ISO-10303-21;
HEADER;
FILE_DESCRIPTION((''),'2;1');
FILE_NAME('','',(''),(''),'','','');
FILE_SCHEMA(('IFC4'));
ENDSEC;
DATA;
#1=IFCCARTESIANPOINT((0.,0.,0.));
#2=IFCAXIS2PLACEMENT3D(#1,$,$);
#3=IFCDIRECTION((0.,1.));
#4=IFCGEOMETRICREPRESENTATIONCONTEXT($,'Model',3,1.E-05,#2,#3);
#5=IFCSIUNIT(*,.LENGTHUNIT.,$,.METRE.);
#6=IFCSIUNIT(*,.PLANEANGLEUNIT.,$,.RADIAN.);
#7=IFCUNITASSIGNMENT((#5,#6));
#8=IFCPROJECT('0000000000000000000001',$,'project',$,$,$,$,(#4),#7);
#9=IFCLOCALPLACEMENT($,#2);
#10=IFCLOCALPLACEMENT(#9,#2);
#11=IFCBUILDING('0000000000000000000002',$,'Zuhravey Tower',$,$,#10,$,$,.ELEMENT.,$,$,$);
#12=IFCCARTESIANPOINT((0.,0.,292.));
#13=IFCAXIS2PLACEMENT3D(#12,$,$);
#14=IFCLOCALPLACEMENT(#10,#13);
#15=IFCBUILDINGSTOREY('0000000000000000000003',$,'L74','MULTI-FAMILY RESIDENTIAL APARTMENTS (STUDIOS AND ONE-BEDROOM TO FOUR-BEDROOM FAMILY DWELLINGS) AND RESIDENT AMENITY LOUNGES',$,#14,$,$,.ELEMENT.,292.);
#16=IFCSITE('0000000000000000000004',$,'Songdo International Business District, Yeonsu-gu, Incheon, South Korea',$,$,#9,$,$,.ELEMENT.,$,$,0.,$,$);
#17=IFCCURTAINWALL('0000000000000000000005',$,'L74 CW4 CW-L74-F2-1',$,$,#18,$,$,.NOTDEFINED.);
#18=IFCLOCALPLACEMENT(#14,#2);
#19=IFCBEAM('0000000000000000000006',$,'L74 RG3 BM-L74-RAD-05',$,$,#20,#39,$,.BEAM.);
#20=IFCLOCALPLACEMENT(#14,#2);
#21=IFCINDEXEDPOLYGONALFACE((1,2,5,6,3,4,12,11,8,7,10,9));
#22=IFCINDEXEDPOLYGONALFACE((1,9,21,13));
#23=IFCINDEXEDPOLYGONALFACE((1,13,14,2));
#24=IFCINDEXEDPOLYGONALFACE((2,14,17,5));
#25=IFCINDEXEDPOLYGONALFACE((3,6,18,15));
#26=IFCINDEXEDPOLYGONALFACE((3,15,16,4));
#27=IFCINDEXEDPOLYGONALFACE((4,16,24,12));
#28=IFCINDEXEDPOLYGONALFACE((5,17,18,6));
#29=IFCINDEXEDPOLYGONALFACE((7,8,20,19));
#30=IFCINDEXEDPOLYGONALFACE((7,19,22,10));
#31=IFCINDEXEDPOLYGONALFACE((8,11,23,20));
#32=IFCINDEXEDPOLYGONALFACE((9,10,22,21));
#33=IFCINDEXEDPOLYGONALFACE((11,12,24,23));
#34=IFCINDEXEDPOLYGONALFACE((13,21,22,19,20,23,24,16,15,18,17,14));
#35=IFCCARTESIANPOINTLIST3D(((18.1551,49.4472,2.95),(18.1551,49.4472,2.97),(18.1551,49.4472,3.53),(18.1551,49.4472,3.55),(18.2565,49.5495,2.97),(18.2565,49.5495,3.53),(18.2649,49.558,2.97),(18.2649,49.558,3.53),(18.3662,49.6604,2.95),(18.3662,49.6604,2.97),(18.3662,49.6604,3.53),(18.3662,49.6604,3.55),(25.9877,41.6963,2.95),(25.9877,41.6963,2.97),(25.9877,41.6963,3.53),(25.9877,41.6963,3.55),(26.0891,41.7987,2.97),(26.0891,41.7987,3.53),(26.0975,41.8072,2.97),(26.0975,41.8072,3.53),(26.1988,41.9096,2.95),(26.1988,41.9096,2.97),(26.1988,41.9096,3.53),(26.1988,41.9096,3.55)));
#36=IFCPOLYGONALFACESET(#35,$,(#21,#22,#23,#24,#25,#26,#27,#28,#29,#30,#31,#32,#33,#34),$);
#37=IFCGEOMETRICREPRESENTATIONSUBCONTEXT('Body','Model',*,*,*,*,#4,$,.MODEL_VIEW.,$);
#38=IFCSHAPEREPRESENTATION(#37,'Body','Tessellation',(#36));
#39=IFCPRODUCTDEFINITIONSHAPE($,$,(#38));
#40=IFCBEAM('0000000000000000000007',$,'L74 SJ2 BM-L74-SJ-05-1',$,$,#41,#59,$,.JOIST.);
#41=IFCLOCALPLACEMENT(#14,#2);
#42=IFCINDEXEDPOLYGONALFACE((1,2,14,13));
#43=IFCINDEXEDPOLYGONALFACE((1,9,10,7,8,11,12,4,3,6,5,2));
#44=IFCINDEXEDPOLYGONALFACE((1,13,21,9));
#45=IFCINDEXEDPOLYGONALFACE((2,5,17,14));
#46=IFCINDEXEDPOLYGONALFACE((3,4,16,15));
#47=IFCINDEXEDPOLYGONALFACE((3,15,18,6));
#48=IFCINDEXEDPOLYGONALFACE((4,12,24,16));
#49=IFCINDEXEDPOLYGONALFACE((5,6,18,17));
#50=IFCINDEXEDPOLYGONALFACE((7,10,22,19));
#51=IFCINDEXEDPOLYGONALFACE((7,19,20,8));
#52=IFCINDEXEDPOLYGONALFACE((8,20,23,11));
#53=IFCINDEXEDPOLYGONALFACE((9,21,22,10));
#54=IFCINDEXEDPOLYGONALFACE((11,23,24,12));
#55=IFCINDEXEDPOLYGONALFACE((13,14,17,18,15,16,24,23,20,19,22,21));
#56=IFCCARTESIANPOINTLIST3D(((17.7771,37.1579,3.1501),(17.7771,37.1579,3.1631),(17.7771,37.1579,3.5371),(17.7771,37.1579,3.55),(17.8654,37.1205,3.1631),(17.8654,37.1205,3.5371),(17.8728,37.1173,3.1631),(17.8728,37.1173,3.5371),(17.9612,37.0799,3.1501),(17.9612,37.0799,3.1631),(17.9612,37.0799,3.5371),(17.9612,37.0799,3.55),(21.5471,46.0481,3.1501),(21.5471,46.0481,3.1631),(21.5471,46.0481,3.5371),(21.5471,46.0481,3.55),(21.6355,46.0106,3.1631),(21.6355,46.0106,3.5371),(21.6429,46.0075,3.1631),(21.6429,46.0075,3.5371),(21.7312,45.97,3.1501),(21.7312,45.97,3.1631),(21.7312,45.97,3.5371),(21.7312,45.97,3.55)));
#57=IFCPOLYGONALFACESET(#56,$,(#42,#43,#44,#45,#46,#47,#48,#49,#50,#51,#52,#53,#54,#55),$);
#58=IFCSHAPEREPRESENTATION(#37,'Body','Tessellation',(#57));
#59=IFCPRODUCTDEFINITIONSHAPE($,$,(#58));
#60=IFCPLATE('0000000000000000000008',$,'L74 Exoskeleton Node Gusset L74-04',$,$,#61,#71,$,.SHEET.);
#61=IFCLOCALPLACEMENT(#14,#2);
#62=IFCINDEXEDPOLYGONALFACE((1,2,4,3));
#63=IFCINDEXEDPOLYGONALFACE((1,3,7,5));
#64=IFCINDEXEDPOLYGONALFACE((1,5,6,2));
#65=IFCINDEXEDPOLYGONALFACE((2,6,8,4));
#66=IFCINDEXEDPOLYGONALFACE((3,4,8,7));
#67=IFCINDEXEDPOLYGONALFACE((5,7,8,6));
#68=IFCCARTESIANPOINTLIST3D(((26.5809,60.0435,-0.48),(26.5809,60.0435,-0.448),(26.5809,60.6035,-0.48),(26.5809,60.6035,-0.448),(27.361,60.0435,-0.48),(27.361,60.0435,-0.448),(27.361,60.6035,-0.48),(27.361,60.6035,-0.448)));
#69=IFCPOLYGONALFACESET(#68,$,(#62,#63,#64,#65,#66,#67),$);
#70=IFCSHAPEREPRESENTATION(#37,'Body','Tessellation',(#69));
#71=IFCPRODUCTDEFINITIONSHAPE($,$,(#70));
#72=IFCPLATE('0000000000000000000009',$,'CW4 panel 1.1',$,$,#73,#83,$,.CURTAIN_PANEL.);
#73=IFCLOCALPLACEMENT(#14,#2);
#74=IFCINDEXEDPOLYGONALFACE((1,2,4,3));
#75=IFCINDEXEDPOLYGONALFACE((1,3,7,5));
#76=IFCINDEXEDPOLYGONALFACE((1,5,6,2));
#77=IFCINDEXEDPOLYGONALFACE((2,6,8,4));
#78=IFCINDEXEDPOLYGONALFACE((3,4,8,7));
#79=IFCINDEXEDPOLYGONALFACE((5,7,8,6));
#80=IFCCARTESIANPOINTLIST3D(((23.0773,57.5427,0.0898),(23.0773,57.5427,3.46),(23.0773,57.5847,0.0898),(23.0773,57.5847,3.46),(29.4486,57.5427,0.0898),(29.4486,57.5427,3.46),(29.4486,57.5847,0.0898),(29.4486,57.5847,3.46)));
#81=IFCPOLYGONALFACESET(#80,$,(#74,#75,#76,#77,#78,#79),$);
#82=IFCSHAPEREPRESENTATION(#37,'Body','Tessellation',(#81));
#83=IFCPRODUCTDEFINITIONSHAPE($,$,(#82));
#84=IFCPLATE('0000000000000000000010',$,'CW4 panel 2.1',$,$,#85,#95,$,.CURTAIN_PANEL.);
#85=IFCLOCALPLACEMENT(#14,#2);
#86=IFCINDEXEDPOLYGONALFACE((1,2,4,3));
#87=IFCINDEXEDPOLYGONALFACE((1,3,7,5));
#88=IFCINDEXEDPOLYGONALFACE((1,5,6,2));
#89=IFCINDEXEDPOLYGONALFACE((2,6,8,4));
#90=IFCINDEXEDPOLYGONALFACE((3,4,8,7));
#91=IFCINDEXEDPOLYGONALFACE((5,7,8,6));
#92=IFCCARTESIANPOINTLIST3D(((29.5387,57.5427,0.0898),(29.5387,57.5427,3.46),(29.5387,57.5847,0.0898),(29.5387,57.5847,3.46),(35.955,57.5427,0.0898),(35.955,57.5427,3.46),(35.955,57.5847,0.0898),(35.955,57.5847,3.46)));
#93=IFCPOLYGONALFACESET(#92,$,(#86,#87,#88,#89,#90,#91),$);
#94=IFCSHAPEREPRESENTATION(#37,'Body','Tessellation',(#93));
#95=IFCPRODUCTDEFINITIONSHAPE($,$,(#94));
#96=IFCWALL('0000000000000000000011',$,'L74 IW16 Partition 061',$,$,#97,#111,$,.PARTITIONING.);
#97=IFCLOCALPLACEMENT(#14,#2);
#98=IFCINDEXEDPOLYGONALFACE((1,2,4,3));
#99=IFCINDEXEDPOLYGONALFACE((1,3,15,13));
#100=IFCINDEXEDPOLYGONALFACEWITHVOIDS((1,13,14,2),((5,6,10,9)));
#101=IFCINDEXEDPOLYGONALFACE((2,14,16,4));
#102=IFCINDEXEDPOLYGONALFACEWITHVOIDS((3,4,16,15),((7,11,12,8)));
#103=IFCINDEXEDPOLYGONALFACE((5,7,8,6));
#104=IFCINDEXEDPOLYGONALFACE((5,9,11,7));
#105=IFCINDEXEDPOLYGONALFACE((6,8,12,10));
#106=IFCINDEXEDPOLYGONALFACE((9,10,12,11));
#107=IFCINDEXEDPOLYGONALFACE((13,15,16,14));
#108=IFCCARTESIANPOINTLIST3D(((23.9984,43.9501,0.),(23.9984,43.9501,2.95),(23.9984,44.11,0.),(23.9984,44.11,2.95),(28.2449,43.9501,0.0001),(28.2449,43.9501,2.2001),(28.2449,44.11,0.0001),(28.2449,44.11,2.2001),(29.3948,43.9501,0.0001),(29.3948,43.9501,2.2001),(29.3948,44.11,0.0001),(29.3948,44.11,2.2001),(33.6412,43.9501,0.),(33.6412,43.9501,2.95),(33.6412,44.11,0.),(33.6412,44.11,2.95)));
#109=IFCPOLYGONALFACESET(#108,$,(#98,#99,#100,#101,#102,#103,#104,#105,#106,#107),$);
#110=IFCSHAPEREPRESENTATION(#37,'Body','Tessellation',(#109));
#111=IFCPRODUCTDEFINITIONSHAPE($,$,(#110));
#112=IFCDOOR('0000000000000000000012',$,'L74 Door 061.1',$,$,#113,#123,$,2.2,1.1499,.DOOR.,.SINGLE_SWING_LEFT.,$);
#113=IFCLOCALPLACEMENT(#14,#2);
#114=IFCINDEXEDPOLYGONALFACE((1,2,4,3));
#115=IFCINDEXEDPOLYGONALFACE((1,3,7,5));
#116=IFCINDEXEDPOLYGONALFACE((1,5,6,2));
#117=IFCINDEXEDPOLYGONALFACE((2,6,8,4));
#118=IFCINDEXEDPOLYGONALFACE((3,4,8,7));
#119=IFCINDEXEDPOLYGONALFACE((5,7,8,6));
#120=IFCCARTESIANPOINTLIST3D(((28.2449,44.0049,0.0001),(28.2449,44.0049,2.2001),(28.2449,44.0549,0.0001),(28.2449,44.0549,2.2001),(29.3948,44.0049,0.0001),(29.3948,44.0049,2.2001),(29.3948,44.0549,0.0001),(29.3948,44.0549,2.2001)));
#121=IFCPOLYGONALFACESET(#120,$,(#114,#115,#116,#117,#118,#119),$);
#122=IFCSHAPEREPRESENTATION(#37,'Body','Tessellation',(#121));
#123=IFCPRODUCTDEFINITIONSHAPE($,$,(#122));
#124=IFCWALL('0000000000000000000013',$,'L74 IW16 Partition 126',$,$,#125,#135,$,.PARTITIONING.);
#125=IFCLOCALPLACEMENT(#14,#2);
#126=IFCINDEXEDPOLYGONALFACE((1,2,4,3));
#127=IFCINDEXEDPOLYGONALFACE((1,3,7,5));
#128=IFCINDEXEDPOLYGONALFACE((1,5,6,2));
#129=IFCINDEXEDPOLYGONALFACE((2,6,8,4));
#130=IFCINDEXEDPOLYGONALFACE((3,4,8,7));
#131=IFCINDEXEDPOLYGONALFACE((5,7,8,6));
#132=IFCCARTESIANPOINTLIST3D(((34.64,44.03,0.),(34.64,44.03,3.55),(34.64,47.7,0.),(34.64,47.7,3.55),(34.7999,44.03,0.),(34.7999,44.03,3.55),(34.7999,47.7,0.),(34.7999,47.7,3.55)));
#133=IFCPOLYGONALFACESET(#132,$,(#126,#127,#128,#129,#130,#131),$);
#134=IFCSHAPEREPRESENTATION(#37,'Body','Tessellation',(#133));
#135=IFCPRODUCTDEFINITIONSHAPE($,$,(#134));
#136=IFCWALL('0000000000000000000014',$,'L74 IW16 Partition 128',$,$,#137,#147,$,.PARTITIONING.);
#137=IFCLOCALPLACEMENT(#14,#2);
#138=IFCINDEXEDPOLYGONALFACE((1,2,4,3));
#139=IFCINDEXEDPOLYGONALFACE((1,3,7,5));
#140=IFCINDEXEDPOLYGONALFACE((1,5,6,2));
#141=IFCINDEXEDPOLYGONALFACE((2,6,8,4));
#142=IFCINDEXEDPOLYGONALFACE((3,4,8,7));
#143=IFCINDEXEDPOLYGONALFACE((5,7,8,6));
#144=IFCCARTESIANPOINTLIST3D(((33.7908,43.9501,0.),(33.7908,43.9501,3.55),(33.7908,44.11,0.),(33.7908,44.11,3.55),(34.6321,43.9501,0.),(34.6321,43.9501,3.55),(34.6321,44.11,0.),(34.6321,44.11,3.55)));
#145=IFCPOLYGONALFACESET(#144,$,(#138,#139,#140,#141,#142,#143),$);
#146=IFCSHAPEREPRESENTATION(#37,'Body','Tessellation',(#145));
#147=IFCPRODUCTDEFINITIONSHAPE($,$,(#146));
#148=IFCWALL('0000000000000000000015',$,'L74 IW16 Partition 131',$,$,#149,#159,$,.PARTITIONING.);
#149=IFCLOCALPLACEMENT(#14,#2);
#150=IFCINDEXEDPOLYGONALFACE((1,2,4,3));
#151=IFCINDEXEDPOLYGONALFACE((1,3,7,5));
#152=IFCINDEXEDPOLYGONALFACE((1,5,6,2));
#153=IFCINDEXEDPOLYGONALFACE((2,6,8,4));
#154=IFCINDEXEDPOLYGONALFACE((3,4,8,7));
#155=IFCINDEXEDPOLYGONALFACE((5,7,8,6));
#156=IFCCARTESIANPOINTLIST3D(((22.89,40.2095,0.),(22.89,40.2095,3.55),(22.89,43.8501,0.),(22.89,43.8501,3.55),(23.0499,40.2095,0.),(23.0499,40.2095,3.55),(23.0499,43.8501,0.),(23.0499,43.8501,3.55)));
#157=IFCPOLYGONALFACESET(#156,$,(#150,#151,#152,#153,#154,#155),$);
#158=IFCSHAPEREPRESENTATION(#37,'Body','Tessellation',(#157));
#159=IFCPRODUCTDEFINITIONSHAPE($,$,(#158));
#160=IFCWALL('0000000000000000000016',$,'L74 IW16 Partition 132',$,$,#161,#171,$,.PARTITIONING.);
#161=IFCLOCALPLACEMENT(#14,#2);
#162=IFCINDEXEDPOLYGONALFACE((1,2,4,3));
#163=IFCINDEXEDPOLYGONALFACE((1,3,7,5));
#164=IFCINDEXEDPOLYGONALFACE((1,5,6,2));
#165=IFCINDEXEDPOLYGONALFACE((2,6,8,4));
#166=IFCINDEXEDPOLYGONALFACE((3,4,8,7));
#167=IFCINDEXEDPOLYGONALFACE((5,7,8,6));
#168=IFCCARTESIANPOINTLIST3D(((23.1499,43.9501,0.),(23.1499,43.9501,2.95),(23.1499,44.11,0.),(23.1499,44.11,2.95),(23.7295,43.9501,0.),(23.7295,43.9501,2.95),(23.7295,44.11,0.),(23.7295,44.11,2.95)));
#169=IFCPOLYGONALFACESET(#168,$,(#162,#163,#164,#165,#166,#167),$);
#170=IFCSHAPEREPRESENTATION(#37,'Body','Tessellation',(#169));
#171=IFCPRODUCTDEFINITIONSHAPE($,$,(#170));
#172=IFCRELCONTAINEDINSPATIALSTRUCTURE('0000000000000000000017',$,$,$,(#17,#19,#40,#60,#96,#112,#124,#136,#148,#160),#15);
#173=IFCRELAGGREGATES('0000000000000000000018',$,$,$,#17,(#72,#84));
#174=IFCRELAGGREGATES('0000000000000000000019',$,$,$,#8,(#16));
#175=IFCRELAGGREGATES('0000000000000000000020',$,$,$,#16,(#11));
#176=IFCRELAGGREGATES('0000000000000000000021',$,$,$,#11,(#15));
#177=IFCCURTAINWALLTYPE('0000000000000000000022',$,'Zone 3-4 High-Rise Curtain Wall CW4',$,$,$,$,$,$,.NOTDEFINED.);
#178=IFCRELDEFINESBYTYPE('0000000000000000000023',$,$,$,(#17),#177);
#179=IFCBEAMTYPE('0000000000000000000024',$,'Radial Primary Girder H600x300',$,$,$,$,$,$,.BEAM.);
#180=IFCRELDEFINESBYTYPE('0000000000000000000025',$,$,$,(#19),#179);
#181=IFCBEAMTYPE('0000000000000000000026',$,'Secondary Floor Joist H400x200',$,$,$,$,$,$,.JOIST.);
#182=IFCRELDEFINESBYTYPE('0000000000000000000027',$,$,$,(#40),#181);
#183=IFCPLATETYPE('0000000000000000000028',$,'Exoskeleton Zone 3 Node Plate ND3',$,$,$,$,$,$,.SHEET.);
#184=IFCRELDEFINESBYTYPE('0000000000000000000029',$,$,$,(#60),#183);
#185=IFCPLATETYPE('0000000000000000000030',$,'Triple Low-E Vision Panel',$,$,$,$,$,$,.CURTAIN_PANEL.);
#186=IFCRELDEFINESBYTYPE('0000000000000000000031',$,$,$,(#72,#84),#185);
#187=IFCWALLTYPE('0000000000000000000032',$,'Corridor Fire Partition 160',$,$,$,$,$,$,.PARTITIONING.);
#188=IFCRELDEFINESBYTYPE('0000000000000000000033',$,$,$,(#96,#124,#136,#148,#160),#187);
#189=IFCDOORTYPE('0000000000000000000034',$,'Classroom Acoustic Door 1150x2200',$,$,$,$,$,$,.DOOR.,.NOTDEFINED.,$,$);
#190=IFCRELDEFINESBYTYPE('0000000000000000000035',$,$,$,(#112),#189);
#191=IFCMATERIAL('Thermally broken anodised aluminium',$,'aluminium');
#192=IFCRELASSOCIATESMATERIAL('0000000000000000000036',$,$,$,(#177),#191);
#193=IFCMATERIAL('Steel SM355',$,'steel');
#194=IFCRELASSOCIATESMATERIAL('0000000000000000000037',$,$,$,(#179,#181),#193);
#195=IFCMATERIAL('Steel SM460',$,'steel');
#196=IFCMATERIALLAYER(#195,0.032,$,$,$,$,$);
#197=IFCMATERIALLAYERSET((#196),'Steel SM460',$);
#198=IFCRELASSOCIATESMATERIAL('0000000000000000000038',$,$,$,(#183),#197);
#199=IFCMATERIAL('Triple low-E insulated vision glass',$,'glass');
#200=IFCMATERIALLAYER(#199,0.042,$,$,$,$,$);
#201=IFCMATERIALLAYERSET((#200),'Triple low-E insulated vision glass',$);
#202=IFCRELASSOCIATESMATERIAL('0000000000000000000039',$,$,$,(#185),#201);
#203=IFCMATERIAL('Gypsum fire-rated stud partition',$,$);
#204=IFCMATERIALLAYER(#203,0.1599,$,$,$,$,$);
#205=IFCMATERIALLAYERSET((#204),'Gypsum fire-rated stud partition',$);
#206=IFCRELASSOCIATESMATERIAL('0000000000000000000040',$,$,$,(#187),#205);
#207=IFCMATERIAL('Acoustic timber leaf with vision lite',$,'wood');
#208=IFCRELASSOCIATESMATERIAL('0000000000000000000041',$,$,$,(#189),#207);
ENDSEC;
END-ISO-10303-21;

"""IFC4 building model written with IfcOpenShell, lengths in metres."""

from ifc_helpers import new_model, si_unit, direction, frame, frame_2d, origin, origin_2d, place, context, subcontext, project, spatial, rectangle, i_section, extrude, material, layer, layer_set, material_profile, profile_set, type_object, element, fill, aggregate, save


model = new_model("IFC4")

# Units and contexts
model_context = context("Model", 3, precision=1e-05, world=origin(), true_north=direction((0.0, 1.0)))
body_context = subcontext(model_context, "Body", "Model", "MODEL_VIEW")
ifc_project = project(units=[si_unit("LENGTHUNIT", "METRE"), si_unit("PLANEANGLEUNIT", "RADIAN")], contexts=[model_context])

# Site, building, storey
site_placement = place(None, origin())
site = spatial("IfcSite", under=ifc_project, at=site_placement, Name="Songdo International Business District, Yeonsu-gu, Incheon, South Korea", CompositionType="ELEMENT", RefElevation=0.0)
building_placement = place(site_placement, origin())
building = spatial("IfcBuilding", under=site, at=building_placement, Name="Zuhravey Tower", CompositionType="ELEMENT")
storey_placement = place(building_placement, frame((0.0, 0.0, 292.0)))
storey = spatial("IfcBuildingStorey", under=building, at=storey_placement, Name="L74", Description="MULTI-FAMILY RESIDENTIAL APARTMENTS (STUDIOS AND ONE-BEDROOM TO FOUR-BEDROOM FAMILY DWELLINGS) AND RESIDENT AMENITY LOUNGES", CompositionType="ELEMENT", Elevation=292.0)

# Curtain wall
ifc_material_1 = material(Name="Thermally broken anodised aluminium", Category="aluminium")
curtain_wall_type = type_object("IfcCurtainWallType", Name="Zone 3-4 High-Rise Curtain Wall CW4", PredefinedType="NOTDEFINED", material=ifc_material_1)
curtain_wall_placement = place(storey_placement, origin())
curtain_wall = element("IfcCurtainWall", 1, at=curtain_wall_placement, inside=storey, type_object=curtain_wall_type, Name="L74 CW4 CW-L74-F2-1", PredefinedType="NOTDEFINED")

# Shared definitions
ifc_material_2 = material(Name="Steel SM355", Category="steel")

# Beams
ifc_material_profile_1 = material_profile(ifc_material_2, i_section(OverallWidth=0.3, OverallDepth=0.6001, WebThickness=0.012, FlangeThickness=0.02, at=origin_2d()), Name="H-600x300x12x20")
ifc_profile_set_1 = profile_set([ifc_material_profile_1], Name="Steel SM355")
beam_type_1 = type_object("IfcBeamType", Name="Radial Primary Girder H600x300", PredefinedType="BEAM", material=ifc_profile_set_1)
beam_1_placement = place(storey_placement, frame((26.0933, 41.803, 3.25), z_axis=(-0.710808, 0.703386, 0.0), x_axis=(-0.703386, -0.710808, 0.0)))
element("IfcBeam", 2, at=beam_1_placement, inside=storey, type_object=beam_type_1, Name="L74 RG3 BM-L74-RAD-05", PredefinedType="BEAM", context=body_context, shape_type="SweptSolid", body=[
    extrude(i_section(OverallWidth=0.3, OverallDepth=0.6001, WebThickness=0.012, FlangeThickness=0.02, at=origin_2d()), origin(), (0.0, 0.0, 1.0), 11.0193),
])
ifc_material_profile_2 = material_profile(ifc_material_2, i_section(OverallWidth=0.2, OverallDepth=0.3999, WebThickness=0.0081, FlangeThickness=0.0129, at=origin_2d()), Name="H-400x200x8x13")
ifc_profile_set_2 = profile_set([ifc_material_profile_2], Name="Steel SM355")
beam_type_2 = type_object("IfcBeamType", Name="Secondary Floor Joist H400x200", PredefinedType="JOIST", material=ifc_profile_set_2)
beam_2_placement = place(storey_placement, frame((21.6392, 46.009, 3.3501), z_axis=(-0.390413, -0.92064, 0.0), x_axis=(0.92064, -0.390413, 0.0)))
element("IfcBeam", 3, at=beam_2_placement, inside=storey, type_object=beam_type_2, Name="L74 SJ2 BM-L74-SJ-05-1", PredefinedType="JOIST", context=body_context, shape_type="SweptSolid", body=[
    extrude(i_section(OverallWidth=0.2, OverallDepth=0.3999, WebThickness=0.0081, FlangeThickness=0.0129, at=origin_2d()), origin(), (0.0, 0.0, 1.0), 9.6565),
])

# Plates
ifc_material_3 = material(Name="Steel SM460", Category="steel")
ifc_layer_1 = layer(ifc_material_3, 0.032)
ifc_layer_set_1 = layer_set([ifc_layer_1], Name="Steel SM460")
plate_type_1 = type_object("IfcPlateType", Name="Exoskeleton Zone 3 Node Plate ND3", PredefinedType="SHEET", material=ifc_layer_set_1)
plate_1_placement = place(storey_placement, frame((26.9709, 60.3235, -0.48), z_axis=(0.0, 0.0, 1.0), x_axis=(-1.0, 0.0, 0.0)))
element("IfcPlate", 4, at=plate_1_placement, inside=storey, type_object=plate_type_1, Name="L74 Exoskeleton Node Gusset L74-04", PredefinedType="SHEET", context=body_context, shape_type="SweptSolid", body=[
    extrude(rectangle(XDim=0.78, YDim=0.5601, at=origin_2d()), origin(), (0.0, 0.0, 1.0), 0.032),
])
ifc_material_4 = material(Name="Triple low-E insulated vision glass", Category="glass")
ifc_layer_2 = layer(ifc_material_4, 0.042)
ifc_layer_set_2 = layer_set([ifc_layer_2], Name="Triple low-E insulated vision glass")
plate_type_2 = type_object("IfcPlateType", Name="Triple Low-E Vision Panel", PredefinedType="CURTAIN_PANEL", material=ifc_layer_set_2)
plate_2_placement = place(storey_placement, frame((26.2629, 57.5637, 0.0898), z_axis=(0.0, 0.0, 1.0), x_axis=(1.0, 0.0, 0.0)))
plate_2 = element("IfcPlate", 5, at=plate_2_placement, type_object=plate_type_2, Name="CW4 panel 1.1", PredefinedType="CURTAIN_PANEL", context=body_context, shape_type="SweptSolid", body=[
    extrude(rectangle(XDim=6.3713, YDim=0.042, at=origin_2d()), origin(), (0.0, 0.0, 1.0), 3.3701),
])
plate_3_placement = place(storey_placement, frame((32.7468, 57.5637, 0.0898), z_axis=(0.0, 0.0, 1.0), x_axis=(1.0, 0.0, 0.0)))
plate_3 = element("IfcPlate", 6, at=plate_3_placement, type_object=plate_type_2, Name="CW4 panel 2.1", PredefinedType="CURTAIN_PANEL", context=body_context, shape_type="SweptSolid", body=[
    extrude(rectangle(XDim=6.4163, YDim=0.042, at=origin_2d()), origin(), (0.0, 0.0, 1.0), 3.3701),
])
aggregate(curtain_wall, [plate_2, plate_3])

# Wall, opening, door
ifc_material_5 = material(Name="Gypsum fire-rated stud partition")
ifc_layer_3 = layer(ifc_material_5, 0.1599)
ifc_layer_set_3 = layer_set([ifc_layer_3], Name="Gypsum fire-rated stud partition")
wall_type_1 = type_object("IfcWallType", Name="Corridor Fire Partition 160", PredefinedType="PARTITIONING", material=ifc_layer_set_3)
wall_1_placement = place(storey_placement, frame((33.6411, 44.03, 0.0), z_axis=(0.0, 0.0, 1.0), x_axis=(-1.0, 0.0, 0.0)))
wall_1 = element("IfcWall", 7, at=wall_1_placement, inside=storey, type_object=wall_type_1, Name="L74 IW16 Partition 061", PredefinedType="PARTITIONING", context=body_context, shape_type="SweptSolid", body=[
    extrude(rectangle(XDim=9.6428, YDim=0.1599, at=frame_2d((4.8213, 0.0))), origin(), (0.0, 0.0, 1.0), 2.95),
])
opening_placement = place(wall_1_placement, frame((4.2463, 0.0, 0.0)))
opening = element("IfcOpeningElement", 8, at=opening_placement, cuts=wall_1, PredefinedType="OPENING", context=body_context, shape_type="SweptSolid", body=[
    extrude(rectangle(XDim=1.1499, YDim=2.2, at=frame_2d((0.575, 1.1001))), frame((0.0, 0.092, 0.0), z_axis=(0.0, -1.0, 0.0), x_axis=(1.0, 0.0, 0.0)), (0.0, 0.0, 1.0), 0.1838),
])
ifc_material_6 = material(Name="Acoustic timber leaf with vision lite", Category="wood")
door_type = type_object("IfcDoorType", Name="Classroom Acoustic Door 1150x2200", OperationType="NOTDEFINED", PredefinedType="DOOR", material=ifc_material_6)
door_placement = place(opening_placement, frame((1.1499, 0.0, 0.0), z_axis=(0.0, 0.0, 1.0), x_axis=(-1.0, 0.0, 0.0)))
door = element("IfcDoor", 9, at=door_placement, inside=storey, type_object=door_type, Name="L74 Door 061.1", OperationType="SINGLE_SWING_LEFT", OverallHeight=2.2, OverallWidth=1.1499, PredefinedType="DOOR", context=body_context, shape_type="SweptSolid", body=[
    extrude(rectangle(XDim=1.1499, YDim=2.2, at=frame_2d((0.575, 1.1001))), frame((0.0, 0.0249, 0.0), z_axis=(0.0, -1.0, 0.0), x_axis=(1.0, 0.0, 0.0)), (0.0, 0.0, 1.0), 0.05),
])
fill(opening, door)

# Walls
wall_2_placement = place(storey_placement, frame((34.72, 47.7, 0.0), z_axis=(0.0, 0.0, 1.0), x_axis=(0.0, -1.0, 0.0)))
element("IfcWall", 10, at=wall_2_placement, inside=storey, type_object=wall_type_1, Name="L74 IW16 Partition 126", PredefinedType="PARTITIONING", context=body_context, shape_type="SweptSolid", body=[
    extrude(rectangle(XDim=3.6699, YDim=0.1599, at=frame_2d((1.835, 0.0))), origin(), (0.0, 0.0, 1.0), 3.55),
])
wall_3_placement = place(storey_placement, frame((34.6321, 44.03, 0.0), z_axis=(0.0, 0.0, 1.0), x_axis=(-1.0, 0.0, 0.0)))
element("IfcWall", 11, at=wall_3_placement, inside=storey, type_object=wall_type_1, Name="L74 IW16 Partition 128", PredefinedType="PARTITIONING", context=body_context, shape_type="SweptSolid", body=[
    extrude(rectangle(XDim=0.8413, YDim=0.1599, at=frame_2d((0.4207, 0.0))), origin(), (0.0, 0.0, 1.0), 3.55),
])
wall_4_placement = place(storey_placement, frame((22.97, 43.8501, 0.0), z_axis=(0.0, 0.0, 1.0), x_axis=(0.0, -1.0, 0.0)))
element("IfcWall", 12, at=wall_4_placement, inside=storey, type_object=wall_type_1, Name="L74 IW16 Partition 131", PredefinedType="PARTITIONING", context=body_context, shape_type="SweptSolid", body=[
    extrude(rectangle(XDim=3.6406, YDim=0.1599, at=frame_2d((1.8203, 0.0))), origin(), (0.0, 0.0, 1.0), 3.55),
])
wall_5_placement = place(storey_placement, frame((23.7295, 44.03, 0.0), z_axis=(0.0, 0.0, 1.0), x_axis=(-1.0, 0.0, 0.0)))
element("IfcWall", 13, at=wall_5_placement, inside=storey, type_object=wall_type_1, Name="L74 IW16 Partition 132", PredefinedType="PARTITIONING", context=body_context, shape_type="SweptSolid", body=[
    extrude(rectangle(XDim=0.5796, YDim=0.1599, at=frame_2d((0.2898, 0.0))), origin(), (0.0, 0.0, 1.0), 2.95),
])

save(model, "model.ifc")
